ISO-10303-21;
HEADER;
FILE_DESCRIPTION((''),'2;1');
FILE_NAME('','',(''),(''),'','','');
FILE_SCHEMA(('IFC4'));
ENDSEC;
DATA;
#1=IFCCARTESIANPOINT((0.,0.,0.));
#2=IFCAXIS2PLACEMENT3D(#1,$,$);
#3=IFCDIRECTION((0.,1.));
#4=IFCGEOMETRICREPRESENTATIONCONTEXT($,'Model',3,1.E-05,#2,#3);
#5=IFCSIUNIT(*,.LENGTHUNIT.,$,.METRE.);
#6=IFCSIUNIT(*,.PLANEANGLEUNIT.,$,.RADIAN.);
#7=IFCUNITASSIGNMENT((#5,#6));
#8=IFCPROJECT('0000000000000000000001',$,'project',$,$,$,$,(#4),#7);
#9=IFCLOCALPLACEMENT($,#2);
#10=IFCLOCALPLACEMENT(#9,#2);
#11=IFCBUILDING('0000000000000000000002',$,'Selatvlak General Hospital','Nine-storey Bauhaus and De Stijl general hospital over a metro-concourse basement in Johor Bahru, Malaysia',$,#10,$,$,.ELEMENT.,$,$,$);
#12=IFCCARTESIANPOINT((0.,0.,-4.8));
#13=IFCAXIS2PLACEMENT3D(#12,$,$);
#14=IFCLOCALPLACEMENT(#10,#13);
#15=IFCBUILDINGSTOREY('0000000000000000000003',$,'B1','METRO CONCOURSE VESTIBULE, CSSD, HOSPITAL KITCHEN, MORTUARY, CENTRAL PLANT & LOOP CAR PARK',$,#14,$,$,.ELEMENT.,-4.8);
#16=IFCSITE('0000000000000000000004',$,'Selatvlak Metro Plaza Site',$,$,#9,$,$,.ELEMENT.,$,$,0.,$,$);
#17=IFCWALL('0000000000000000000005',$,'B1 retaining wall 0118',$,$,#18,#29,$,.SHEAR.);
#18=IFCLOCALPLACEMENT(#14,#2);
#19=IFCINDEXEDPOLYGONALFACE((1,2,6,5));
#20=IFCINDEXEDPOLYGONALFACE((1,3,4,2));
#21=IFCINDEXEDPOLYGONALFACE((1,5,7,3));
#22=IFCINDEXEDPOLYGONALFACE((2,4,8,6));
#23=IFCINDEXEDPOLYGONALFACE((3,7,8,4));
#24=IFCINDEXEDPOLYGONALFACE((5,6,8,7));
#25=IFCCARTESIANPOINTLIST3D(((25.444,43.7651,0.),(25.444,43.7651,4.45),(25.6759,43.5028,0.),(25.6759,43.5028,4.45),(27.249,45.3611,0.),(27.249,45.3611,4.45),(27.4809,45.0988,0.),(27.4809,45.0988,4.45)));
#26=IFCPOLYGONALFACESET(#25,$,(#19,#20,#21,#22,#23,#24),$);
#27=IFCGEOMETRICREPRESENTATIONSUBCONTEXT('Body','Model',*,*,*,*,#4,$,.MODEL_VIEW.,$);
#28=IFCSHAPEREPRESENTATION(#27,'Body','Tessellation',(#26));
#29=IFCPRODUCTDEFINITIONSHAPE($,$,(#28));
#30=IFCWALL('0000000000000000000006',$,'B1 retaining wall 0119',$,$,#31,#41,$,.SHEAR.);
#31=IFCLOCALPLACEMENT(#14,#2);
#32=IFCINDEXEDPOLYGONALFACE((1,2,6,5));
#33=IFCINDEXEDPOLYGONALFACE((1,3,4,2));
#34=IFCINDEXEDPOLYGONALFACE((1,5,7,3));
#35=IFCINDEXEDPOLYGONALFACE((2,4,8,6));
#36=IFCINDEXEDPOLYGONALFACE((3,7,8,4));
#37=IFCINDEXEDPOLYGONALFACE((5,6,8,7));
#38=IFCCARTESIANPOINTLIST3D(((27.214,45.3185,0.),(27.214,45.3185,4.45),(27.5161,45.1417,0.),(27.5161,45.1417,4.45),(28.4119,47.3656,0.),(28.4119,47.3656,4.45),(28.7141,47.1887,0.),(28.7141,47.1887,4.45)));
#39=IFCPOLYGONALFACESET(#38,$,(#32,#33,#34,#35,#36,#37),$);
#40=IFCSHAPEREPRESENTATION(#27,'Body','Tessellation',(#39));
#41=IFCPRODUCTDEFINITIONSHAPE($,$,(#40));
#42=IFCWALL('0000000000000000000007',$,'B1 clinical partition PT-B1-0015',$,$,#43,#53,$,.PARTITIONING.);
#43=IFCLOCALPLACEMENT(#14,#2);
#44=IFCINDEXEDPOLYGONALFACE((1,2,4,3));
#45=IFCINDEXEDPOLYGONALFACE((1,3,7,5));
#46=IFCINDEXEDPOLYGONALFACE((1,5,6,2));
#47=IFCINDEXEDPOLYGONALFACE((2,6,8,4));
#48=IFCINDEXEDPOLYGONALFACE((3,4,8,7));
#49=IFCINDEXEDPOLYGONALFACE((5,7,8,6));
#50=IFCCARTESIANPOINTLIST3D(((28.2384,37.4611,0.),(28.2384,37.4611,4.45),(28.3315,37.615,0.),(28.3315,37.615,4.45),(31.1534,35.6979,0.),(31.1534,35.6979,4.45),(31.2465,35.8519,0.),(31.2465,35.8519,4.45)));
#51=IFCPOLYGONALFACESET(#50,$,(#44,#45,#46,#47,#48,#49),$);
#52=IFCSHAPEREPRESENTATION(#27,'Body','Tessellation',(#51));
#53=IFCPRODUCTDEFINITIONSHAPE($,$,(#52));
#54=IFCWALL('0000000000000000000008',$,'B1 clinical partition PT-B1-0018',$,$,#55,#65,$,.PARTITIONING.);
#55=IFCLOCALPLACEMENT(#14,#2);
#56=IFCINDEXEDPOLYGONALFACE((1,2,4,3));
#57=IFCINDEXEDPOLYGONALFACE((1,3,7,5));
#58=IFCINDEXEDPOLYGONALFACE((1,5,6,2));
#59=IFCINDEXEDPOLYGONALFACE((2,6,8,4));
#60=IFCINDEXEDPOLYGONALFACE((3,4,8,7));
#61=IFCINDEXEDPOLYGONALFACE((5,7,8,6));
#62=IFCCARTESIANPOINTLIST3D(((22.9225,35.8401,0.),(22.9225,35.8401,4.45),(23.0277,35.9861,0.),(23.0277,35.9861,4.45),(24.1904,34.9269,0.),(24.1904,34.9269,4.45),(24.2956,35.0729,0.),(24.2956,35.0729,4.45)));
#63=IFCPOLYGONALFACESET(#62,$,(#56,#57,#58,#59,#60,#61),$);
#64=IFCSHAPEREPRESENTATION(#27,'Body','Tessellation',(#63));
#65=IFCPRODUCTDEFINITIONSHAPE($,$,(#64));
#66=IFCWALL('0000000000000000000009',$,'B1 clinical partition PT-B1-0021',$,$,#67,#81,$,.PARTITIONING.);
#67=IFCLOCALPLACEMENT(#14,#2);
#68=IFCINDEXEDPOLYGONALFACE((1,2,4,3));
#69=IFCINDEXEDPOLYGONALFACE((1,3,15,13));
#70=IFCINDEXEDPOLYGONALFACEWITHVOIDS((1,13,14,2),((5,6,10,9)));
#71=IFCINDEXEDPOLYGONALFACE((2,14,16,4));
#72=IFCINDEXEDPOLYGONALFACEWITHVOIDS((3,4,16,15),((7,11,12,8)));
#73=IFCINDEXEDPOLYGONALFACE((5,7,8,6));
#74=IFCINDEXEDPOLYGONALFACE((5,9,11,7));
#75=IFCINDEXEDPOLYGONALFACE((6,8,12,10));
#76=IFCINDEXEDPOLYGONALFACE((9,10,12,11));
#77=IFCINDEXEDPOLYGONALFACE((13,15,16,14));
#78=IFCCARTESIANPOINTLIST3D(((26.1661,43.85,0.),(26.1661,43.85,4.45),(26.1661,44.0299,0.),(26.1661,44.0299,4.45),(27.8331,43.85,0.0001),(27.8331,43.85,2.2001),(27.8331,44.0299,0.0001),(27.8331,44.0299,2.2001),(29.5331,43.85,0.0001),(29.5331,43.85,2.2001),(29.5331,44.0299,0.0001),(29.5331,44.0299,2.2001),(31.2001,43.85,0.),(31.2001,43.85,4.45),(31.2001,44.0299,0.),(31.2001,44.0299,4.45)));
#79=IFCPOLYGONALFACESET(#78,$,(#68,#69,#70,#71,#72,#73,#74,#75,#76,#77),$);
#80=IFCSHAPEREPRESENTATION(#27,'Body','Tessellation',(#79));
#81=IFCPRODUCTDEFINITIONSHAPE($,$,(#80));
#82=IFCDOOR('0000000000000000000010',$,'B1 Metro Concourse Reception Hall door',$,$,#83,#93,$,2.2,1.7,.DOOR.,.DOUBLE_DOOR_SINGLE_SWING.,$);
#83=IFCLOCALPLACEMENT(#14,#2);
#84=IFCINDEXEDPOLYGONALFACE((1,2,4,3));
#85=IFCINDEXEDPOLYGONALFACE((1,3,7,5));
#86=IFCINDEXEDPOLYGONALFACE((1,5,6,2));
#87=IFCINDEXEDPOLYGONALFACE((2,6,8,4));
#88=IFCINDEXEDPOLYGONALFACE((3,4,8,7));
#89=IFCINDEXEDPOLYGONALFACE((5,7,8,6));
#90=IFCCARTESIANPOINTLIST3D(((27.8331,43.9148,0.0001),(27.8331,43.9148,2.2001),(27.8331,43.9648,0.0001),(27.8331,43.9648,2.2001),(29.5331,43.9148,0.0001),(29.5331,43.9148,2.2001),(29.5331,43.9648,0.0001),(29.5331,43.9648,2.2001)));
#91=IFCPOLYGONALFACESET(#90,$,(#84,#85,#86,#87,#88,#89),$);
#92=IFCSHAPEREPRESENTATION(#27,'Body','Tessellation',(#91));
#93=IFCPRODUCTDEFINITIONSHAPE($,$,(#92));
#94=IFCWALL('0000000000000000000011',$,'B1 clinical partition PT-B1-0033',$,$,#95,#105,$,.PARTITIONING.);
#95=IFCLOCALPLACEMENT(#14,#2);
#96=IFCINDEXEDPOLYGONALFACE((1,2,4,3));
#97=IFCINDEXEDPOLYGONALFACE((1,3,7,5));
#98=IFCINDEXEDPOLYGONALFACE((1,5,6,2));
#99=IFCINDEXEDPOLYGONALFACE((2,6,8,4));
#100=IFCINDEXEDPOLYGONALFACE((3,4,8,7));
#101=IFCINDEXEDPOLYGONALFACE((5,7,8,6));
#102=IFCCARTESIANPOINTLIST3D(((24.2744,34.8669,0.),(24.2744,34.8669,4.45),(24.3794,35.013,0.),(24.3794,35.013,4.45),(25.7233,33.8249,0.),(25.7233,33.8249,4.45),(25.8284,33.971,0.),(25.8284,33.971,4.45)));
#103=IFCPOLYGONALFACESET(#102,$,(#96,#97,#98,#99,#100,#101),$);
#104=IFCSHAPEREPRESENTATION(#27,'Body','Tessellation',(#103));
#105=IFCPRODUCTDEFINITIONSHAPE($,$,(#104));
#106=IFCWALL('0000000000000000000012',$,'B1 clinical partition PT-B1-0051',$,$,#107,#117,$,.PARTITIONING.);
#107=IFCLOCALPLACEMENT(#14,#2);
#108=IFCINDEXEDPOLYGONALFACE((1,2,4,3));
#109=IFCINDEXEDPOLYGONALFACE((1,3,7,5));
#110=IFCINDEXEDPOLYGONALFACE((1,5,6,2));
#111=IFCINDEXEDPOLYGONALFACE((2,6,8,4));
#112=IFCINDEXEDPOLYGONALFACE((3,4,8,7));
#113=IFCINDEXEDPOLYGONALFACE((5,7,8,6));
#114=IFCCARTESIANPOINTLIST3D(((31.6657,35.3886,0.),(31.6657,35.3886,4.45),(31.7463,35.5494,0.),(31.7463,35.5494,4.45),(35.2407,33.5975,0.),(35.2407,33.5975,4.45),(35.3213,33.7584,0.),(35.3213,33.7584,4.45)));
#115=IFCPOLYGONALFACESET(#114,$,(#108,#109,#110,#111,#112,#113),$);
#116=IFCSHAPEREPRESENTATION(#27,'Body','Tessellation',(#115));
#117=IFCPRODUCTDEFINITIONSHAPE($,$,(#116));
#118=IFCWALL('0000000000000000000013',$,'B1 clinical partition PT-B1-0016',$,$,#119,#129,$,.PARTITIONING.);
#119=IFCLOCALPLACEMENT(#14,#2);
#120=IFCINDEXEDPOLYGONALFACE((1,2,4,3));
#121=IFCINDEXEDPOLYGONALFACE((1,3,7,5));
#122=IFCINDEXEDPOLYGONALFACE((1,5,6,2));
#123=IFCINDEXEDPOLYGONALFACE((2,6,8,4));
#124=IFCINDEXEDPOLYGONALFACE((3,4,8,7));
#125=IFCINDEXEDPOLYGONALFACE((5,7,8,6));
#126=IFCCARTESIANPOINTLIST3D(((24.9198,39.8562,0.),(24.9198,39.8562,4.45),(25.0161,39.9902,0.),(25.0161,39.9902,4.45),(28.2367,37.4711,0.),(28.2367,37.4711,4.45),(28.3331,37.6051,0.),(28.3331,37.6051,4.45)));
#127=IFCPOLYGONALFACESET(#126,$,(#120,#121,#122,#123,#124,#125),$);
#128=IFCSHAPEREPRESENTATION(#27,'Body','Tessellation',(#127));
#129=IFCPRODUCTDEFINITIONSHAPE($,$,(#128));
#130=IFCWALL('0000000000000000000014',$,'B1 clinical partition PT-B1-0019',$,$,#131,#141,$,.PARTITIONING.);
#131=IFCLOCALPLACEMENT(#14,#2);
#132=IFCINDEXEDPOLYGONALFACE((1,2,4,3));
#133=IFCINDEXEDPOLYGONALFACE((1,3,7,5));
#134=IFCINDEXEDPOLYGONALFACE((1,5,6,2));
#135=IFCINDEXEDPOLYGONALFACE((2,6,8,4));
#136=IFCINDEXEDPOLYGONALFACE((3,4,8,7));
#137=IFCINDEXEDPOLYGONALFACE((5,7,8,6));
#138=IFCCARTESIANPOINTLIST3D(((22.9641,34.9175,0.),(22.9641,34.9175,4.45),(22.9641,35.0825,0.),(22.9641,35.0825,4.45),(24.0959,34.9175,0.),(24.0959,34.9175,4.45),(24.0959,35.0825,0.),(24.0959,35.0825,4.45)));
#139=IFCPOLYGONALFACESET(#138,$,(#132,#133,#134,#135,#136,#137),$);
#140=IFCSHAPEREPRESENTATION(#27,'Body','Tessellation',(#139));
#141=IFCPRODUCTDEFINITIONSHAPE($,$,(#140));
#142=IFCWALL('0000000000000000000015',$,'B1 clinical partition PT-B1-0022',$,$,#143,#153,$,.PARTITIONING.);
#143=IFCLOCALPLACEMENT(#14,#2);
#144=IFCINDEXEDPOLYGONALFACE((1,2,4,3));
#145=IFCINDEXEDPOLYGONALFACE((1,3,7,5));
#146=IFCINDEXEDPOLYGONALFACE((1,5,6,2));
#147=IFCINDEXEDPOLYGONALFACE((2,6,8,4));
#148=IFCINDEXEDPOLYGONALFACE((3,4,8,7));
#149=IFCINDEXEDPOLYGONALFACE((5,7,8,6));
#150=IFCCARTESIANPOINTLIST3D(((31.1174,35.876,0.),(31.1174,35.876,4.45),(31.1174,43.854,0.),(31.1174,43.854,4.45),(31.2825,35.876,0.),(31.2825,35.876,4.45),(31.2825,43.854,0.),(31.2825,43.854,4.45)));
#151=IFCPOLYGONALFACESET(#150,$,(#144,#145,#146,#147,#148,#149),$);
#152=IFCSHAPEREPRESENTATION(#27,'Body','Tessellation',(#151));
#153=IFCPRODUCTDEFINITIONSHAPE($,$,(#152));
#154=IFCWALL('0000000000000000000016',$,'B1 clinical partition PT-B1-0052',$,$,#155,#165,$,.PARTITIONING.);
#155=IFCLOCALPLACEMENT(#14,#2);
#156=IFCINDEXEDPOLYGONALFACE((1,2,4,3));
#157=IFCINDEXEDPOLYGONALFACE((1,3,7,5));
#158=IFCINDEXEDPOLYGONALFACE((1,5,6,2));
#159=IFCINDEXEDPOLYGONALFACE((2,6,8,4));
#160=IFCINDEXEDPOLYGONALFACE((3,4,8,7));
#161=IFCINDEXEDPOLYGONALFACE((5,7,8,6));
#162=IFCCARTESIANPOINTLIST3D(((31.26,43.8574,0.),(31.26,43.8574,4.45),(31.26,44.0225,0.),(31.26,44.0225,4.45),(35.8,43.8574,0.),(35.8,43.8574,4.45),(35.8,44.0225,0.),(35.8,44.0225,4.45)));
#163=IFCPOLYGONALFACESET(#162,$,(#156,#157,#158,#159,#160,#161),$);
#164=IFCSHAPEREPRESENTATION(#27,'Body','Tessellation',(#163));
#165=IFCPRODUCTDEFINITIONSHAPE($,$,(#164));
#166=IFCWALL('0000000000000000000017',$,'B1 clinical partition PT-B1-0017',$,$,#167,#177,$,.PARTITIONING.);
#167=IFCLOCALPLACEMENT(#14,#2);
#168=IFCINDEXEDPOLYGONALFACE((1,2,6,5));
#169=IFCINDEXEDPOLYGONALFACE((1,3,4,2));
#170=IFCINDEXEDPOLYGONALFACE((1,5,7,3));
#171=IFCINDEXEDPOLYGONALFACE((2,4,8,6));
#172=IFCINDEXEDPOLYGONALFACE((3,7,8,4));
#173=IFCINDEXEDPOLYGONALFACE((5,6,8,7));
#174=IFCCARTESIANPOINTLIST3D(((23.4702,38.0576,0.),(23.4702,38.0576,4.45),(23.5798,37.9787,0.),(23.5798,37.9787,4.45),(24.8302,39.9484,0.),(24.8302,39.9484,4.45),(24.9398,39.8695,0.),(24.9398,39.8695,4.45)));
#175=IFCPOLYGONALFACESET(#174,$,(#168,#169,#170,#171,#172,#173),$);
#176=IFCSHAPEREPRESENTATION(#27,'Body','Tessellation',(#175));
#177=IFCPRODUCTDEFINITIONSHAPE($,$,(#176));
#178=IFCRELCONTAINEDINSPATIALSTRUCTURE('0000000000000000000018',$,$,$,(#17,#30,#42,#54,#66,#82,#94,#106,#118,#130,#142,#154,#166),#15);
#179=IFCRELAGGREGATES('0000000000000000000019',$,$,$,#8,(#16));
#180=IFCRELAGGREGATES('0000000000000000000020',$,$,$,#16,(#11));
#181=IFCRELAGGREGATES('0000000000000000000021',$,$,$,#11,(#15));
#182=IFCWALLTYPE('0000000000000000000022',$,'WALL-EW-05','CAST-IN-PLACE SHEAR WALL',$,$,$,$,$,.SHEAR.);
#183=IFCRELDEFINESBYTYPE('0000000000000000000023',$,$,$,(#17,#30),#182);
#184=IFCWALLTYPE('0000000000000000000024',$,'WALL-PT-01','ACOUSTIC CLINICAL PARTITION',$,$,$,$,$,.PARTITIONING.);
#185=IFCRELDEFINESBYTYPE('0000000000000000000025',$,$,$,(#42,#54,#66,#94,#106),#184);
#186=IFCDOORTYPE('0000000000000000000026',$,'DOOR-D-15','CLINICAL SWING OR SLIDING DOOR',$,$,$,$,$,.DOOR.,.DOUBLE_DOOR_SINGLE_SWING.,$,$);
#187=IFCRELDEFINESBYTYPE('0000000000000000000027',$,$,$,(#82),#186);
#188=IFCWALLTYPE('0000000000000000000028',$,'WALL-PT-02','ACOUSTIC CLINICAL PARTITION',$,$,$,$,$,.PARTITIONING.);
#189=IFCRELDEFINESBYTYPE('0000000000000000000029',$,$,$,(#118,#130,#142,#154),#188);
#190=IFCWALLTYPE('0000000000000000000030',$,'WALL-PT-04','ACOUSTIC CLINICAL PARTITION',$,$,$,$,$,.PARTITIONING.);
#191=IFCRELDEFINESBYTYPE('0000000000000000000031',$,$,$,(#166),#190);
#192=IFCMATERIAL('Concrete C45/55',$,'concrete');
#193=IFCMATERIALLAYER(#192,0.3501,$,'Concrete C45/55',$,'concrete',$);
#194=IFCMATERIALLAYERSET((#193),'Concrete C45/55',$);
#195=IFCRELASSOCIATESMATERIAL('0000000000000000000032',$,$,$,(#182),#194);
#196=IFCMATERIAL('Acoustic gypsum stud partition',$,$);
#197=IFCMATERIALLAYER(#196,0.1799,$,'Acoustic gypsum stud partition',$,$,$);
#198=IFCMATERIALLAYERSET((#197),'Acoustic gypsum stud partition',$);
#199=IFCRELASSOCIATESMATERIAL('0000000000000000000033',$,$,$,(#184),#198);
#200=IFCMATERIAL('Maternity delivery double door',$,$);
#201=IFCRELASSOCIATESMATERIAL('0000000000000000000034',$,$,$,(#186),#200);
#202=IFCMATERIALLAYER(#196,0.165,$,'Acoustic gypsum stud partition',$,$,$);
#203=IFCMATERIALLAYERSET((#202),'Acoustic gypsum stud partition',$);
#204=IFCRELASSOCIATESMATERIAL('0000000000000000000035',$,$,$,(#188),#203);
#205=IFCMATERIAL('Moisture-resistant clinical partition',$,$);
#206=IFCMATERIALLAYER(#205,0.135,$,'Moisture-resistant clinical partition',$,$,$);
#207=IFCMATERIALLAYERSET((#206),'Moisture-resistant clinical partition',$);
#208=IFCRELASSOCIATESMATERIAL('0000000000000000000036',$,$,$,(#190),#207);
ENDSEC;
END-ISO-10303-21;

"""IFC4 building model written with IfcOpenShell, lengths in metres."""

from ifc_helpers import new_model, si_unit, direction, frame, frame_2d, origin, place, context, subcontext, project, spatial, rectangle, extrude, material, layer, layer_set, type_object, element, fill, save


model = new_model("IFC4")

# Units and contexts
model_context = context("Model", 3, precision=1e-05, world=origin(), true_north=direction((0.0, 1.0)))
body_context = subcontext(model_context, "Body", "Model", "MODEL_VIEW")
ifc_project = project(units=[si_unit("LENGTHUNIT", "METRE"), si_unit("PLANEANGLEUNIT", "RADIAN")], contexts=[model_context])

# Site, building, storey
site_placement = place(None, origin())
site = spatial("IfcSite", under=ifc_project, at=site_placement, Name="Selatvlak Metro Plaza Site", CompositionType="ELEMENT", RefElevation=0.0)
building_placement = place(site_placement, origin())
building = spatial("IfcBuilding", under=site, at=building_placement, Name="Selatvlak General Hospital", Description="Nine-storey Bauhaus and De Stijl general hospital over a metro-concourse basement in Johor Bahru, Malaysia", CompositionType="ELEMENT")
storey_placement = place(building_placement, frame((0.0, 0.0, -4.8)))
storey = spatial("IfcBuildingStorey", under=building, at=storey_placement, Name="B1", Description="METRO CONCOURSE VESTIBULE, CSSD, HOSPITAL KITCHEN, MORTUARY, CENTRAL PLANT & LOOP CAR PARK", CompositionType="ELEMENT", Elevation=-4.8)

# Walls
ifc_material_1 = material(Name="Concrete C45/55", Category="concrete")
ifc_layer_1 = layer(ifc_material_1, 0.3501, Name="Concrete C45/55", Category="concrete")
ifc_layer_set_1 = layer_set([ifc_layer_1], Name="Concrete C45/55")
wall_type_1 = type_object("IfcWallType", Name="WALL-EW-05", Description="CAST-IN-PLACE SHEAR WALL", PredefinedType="SHEAR", material=ifc_layer_set_1)
wall_1_placement = place(storey_placement, frame((25.5601, 43.634, 0.0), z_axis=(0.0, 0.0, 1.0), x_axis=(0.749145, 0.662406, 0.0)))
element("IfcWall", 1, at=wall_1_placement, inside=storey, type_object=wall_type_1, Name="B1 retaining wall 0118", PredefinedType="SHEAR", context=body_context, shape_type="SweptSolid", body=[
    extrude(rectangle(XDim=2.4094, YDim=0.3501, at=frame_2d((1.2046, 0.0))), origin(), (0.0, 0.0, 1.0), 4.45),
])
wall_2_placement = place(storey_placement, frame((27.365, 45.23, 0.0), z_axis=(0.0, 0.0, 1.0), x_axis=(0.50508, 0.863072, 0.0)))
element("IfcWall", 2, at=wall_2_placement, inside=storey, type_object=wall_type_1, Name="B1 retaining wall 0119", PredefinedType="SHEAR", context=body_context, shape_type="SweptSolid", body=[
    extrude(rectangle(XDim=2.3718, YDim=0.3501, at=frame_2d((1.186, 0.0))), origin(), (0.0, 0.0, 1.0), 4.45),
])
ifc_material_2 = material(Name="Acoustic gypsum stud partition")
ifc_layer_2 = layer(ifc_material_2, 0.1799, Name="Acoustic gypsum stud partition")
ifc_layer_set_2 = layer_set([ifc_layer_2], Name="Acoustic gypsum stud partition")
wall_type_2 = type_object("IfcWallType", Name="WALL-PT-01", Description="ACOUSTIC CLINICAL PARTITION", PredefinedType="PARTITIONING", material=ifc_layer_set_2)
wall_3_placement = place(storey_placement, frame((31.2, 35.7749, 0.0), z_axis=(0.0, 0.0, 1.0), x_axis=(-0.855654, 0.517549, 0.0)))
element("IfcWall", 3, at=wall_3_placement, inside=storey, type_object=wall_type_2, Name="B1 clinical partition PT-B1-0015", PredefinedType="PARTITIONING", context=body_context, shape_type="SweptSolid", body=[
    extrude(rectangle(XDim=3.4067, YDim=0.1799, at=frame_2d((1.7034, 0.0))), origin(), (0.0, 0.0, 1.0), 4.45),
])
wall_4_placement = place(storey_placement, frame((22.9751, 35.9131, 0.0), z_axis=(0.0, 0.0, 1.0), x_axis=(0.811457, -0.584412, 0.0)))
element("IfcWall", 4, at=wall_4_placement, inside=storey, type_object=wall_type_2, Name="B1 clinical partition PT-B1-0018", PredefinedType="PARTITIONING", context=body_context, shape_type="SweptSolid", body=[
    extrude(rectangle(XDim=1.5625, YDim=0.1799, at=frame_2d((0.7812, 0.0))), origin(), (0.0, 0.0, 1.0), 4.45),
])

# Wall, opening, door
wall_5_placement = place(storey_placement, frame((26.166, 43.9399, 0.0), z_axis=(0.0, 0.0, 1.0), x_axis=(1.0, 0.0, 0.0)))
wall_5 = element("IfcWall", 5, at=wall_5_placement, inside=storey, type_object=wall_type_2, Name="B1 clinical partition PT-B1-0021", PredefinedType="PARTITIONING", context=body_context, shape_type="SweptSolid", body=[
    extrude(rectangle(XDim=5.0339, YDim=0.1799, at=frame_2d((2.5171, 0.0))), origin(), (0.0, 0.0, 1.0), 4.45),
])
opening_1_placement = place(wall_5_placement, frame((1.667, 0.0, 0.0)))
opening_1 = element("IfcOpeningElement", 6, at=opening_1_placement, cuts=wall_5, PredefinedType="OPENING", context=body_context, shape_type="SweptSolid", body=[
    extrude(rectangle(XDim=1.7, YDim=2.2, at=frame_2d((0.8501, 1.1001))), frame((0.0, 0.0999, 0.0), z_axis=(0.0, -1.0, 0.0), x_axis=(1.0, 0.0, 0.0)), (0.0, 0.0, 1.0), 0.2),
])
ifc_material_3 = material(Name="Maternity delivery double door")
door_type_1 = type_object("IfcDoorType", Name="DOOR-D-15", Description="CLINICAL SWING OR SLIDING DOOR", OperationType="DOUBLE_DOOR_SINGLE_SWING", PredefinedType="DOOR", material=ifc_material_3)
door_1_placement = place(opening_1_placement, origin())
door_1 = element("IfcDoor", 7, at=door_1_placement, inside=storey, type_object=door_type_1, Name="B1 Metro Concourse Reception Hall door", OperationType="DOUBLE_DOOR_SINGLE_SWING", OverallHeight=2.2, OverallWidth=1.7, PredefinedType="DOOR", context=body_context, shape_type="SweptSolid", body=[
    extrude(rectangle(XDim=1.7, YDim=2.2, at=frame_2d((0.8501, 1.1001))), frame((0.0, 0.0249, 0.0), z_axis=(0.0, -1.0, 0.0), x_axis=(1.0, 0.0, 0.0)), (0.0, 0.0, 1.0), 0.05),
])
fill(opening_1, door_1)

# Walls
wall_6_placement = place(storey_placement, frame((24.3269, 34.9399, 0.0), z_axis=(0.0, 0.0, 1.0), x_axis=(0.811872, -0.583836, 0.0)))
element("IfcWall", 8, at=wall_6_placement, inside=storey, type_object=wall_type_2, Name="B1 clinical partition PT-B1-0033", PredefinedType="PARTITIONING", context=body_context, shape_type="SweptSolid", body=[
    extrude(rectangle(XDim=1.7847, YDim=0.1799, at=frame_2d((0.8923, 0.0))), origin(), (0.0, 0.0, 1.0), 4.45),
])
wall_7_placement = place(storey_placement, frame((35.281, 33.678, 0.0), z_axis=(0.0, 0.0, 1.0), x_axis=(-0.894073, 0.447922, 0.0)))
element("IfcWall", 9, at=wall_7_placement, inside=storey, type_object=wall_type_2, Name="B1 clinical partition PT-B1-0051", PredefinedType="PARTITIONING", context=body_context, shape_type="SweptSolid", body=[
    extrude(rectangle(XDim=3.9985, YDim=0.1799, at=frame_2d((1.9993, 0.0))), origin(), (0.0, 0.0, 1.0), 4.45),
])
ifc_layer_3 = layer(ifc_material_2, 0.165, Name="Acoustic gypsum stud partition")
ifc_layer_set_3 = layer_set([ifc_layer_3], Name="Acoustic gypsum stud partition")
wall_type_3 = type_object("IfcWallType", Name="WALL-PT-02", Description="ACOUSTIC CLINICAL PARTITION", PredefinedType="PARTITIONING", material=ifc_layer_set_3)
wall_8_placement = place(storey_placement, frame((28.2849, 37.5381, 0.0), z_axis=(0.0, 0.0, 1.0), x_axis=(-0.8119, 0.583796, 0.0)))
element("IfcWall", 10, at=wall_8_placement, inside=storey, type_object=wall_type_3, Name="B1 clinical partition PT-B1-0016", PredefinedType="PARTITIONING", context=body_context, shape_type="SweptSolid", body=[
    extrude(rectangle(XDim=4.0854, YDim=0.165, at=frame_2d((2.0427, 0.0))), origin(), (0.0, 0.0, 1.0), 4.45),
])
wall_9_placement = place(storey_placement, frame((24.0959, 35.0, 0.0), z_axis=(0.0, 0.0, 1.0), x_axis=(-1.0, 0.0, 0.0)))
element("IfcWall", 11, at=wall_9_placement, inside=storey, type_object=wall_type_3, Name="B1 clinical partition PT-B1-0019", PredefinedType="PARTITIONING", context=body_context, shape_type="SweptSolid", body=[
    extrude(rectangle(XDim=1.1318, YDim=0.165, at=frame_2d((0.5659, 0.0))), origin(), (0.0, 0.0, 1.0), 4.45),
])
wall_10_placement = place(storey_placement, frame((31.2, 43.854, 0.0), z_axis=(0.0, 0.0, 1.0), x_axis=(0.0, -1.0, 0.0)))
element("IfcWall", 12, at=wall_10_placement, inside=storey, type_object=wall_type_3, Name="B1 clinical partition PT-B1-0022", PredefinedType="PARTITIONING", context=body_context, shape_type="SweptSolid", body=[
    extrude(rectangle(XDim=7.978, YDim=0.165, at=frame_2d((3.989, 0.0))), origin(), (0.0, 0.0, 1.0), 4.45),
])

# Walls
wall_11_placement = place(storey_placement, frame((31.26, 43.9399, 0.0), z_axis=(0.0, 0.0, 1.0), x_axis=(1.0, 0.0, 0.0)))
element("IfcWall", 13, at=wall_11_placement, inside=storey, type_object=wall_type_3, Name="B1 clinical partition PT-B1-0052", PredefinedType="PARTITIONING", context=body_context, shape_type="SweptSolid", body=[
    extrude(rectangle(XDim=4.54, YDim=0.165, at=frame_2d((2.27, 0.0))), origin(), (0.0, 0.0, 1.0), 4.45),
])
ifc_material_4 = material(Name="Moisture-resistant clinical partition")
ifc_layer_4 = layer(ifc_material_4, 0.135, Name="Moisture-resistant clinical partition")
ifc_layer_set_4 = layer_set([ifc_layer_4], Name="Moisture-resistant clinical partition")
wall_type_4 = type_object("IfcWallType", Name="WALL-PT-04", Description="ACOUSTIC CLINICAL PARTITION", PredefinedType="PARTITIONING", material=ifc_layer_set_4)
wall_12_placement = place(storey_placement, frame((24.885, 39.9089, 0.0), z_axis=(0.0, 0.0, 1.0), x_axis=(-0.583932, -0.811803, 0.0)))
element("IfcWall", 14, at=wall_12_placement, inside=storey, type_object=wall_type_4, Name="B1 clinical partition PT-B1-0017", PredefinedType="PARTITIONING", context=body_context, shape_type="SweptSolid", body=[
    extrude(rectangle(XDim=2.3291, YDim=0.135, at=frame_2d((1.1646, 0.0))), origin(), (0.0, 0.0, 1.0), 4.45),
])

save(model, "model.ifc")
